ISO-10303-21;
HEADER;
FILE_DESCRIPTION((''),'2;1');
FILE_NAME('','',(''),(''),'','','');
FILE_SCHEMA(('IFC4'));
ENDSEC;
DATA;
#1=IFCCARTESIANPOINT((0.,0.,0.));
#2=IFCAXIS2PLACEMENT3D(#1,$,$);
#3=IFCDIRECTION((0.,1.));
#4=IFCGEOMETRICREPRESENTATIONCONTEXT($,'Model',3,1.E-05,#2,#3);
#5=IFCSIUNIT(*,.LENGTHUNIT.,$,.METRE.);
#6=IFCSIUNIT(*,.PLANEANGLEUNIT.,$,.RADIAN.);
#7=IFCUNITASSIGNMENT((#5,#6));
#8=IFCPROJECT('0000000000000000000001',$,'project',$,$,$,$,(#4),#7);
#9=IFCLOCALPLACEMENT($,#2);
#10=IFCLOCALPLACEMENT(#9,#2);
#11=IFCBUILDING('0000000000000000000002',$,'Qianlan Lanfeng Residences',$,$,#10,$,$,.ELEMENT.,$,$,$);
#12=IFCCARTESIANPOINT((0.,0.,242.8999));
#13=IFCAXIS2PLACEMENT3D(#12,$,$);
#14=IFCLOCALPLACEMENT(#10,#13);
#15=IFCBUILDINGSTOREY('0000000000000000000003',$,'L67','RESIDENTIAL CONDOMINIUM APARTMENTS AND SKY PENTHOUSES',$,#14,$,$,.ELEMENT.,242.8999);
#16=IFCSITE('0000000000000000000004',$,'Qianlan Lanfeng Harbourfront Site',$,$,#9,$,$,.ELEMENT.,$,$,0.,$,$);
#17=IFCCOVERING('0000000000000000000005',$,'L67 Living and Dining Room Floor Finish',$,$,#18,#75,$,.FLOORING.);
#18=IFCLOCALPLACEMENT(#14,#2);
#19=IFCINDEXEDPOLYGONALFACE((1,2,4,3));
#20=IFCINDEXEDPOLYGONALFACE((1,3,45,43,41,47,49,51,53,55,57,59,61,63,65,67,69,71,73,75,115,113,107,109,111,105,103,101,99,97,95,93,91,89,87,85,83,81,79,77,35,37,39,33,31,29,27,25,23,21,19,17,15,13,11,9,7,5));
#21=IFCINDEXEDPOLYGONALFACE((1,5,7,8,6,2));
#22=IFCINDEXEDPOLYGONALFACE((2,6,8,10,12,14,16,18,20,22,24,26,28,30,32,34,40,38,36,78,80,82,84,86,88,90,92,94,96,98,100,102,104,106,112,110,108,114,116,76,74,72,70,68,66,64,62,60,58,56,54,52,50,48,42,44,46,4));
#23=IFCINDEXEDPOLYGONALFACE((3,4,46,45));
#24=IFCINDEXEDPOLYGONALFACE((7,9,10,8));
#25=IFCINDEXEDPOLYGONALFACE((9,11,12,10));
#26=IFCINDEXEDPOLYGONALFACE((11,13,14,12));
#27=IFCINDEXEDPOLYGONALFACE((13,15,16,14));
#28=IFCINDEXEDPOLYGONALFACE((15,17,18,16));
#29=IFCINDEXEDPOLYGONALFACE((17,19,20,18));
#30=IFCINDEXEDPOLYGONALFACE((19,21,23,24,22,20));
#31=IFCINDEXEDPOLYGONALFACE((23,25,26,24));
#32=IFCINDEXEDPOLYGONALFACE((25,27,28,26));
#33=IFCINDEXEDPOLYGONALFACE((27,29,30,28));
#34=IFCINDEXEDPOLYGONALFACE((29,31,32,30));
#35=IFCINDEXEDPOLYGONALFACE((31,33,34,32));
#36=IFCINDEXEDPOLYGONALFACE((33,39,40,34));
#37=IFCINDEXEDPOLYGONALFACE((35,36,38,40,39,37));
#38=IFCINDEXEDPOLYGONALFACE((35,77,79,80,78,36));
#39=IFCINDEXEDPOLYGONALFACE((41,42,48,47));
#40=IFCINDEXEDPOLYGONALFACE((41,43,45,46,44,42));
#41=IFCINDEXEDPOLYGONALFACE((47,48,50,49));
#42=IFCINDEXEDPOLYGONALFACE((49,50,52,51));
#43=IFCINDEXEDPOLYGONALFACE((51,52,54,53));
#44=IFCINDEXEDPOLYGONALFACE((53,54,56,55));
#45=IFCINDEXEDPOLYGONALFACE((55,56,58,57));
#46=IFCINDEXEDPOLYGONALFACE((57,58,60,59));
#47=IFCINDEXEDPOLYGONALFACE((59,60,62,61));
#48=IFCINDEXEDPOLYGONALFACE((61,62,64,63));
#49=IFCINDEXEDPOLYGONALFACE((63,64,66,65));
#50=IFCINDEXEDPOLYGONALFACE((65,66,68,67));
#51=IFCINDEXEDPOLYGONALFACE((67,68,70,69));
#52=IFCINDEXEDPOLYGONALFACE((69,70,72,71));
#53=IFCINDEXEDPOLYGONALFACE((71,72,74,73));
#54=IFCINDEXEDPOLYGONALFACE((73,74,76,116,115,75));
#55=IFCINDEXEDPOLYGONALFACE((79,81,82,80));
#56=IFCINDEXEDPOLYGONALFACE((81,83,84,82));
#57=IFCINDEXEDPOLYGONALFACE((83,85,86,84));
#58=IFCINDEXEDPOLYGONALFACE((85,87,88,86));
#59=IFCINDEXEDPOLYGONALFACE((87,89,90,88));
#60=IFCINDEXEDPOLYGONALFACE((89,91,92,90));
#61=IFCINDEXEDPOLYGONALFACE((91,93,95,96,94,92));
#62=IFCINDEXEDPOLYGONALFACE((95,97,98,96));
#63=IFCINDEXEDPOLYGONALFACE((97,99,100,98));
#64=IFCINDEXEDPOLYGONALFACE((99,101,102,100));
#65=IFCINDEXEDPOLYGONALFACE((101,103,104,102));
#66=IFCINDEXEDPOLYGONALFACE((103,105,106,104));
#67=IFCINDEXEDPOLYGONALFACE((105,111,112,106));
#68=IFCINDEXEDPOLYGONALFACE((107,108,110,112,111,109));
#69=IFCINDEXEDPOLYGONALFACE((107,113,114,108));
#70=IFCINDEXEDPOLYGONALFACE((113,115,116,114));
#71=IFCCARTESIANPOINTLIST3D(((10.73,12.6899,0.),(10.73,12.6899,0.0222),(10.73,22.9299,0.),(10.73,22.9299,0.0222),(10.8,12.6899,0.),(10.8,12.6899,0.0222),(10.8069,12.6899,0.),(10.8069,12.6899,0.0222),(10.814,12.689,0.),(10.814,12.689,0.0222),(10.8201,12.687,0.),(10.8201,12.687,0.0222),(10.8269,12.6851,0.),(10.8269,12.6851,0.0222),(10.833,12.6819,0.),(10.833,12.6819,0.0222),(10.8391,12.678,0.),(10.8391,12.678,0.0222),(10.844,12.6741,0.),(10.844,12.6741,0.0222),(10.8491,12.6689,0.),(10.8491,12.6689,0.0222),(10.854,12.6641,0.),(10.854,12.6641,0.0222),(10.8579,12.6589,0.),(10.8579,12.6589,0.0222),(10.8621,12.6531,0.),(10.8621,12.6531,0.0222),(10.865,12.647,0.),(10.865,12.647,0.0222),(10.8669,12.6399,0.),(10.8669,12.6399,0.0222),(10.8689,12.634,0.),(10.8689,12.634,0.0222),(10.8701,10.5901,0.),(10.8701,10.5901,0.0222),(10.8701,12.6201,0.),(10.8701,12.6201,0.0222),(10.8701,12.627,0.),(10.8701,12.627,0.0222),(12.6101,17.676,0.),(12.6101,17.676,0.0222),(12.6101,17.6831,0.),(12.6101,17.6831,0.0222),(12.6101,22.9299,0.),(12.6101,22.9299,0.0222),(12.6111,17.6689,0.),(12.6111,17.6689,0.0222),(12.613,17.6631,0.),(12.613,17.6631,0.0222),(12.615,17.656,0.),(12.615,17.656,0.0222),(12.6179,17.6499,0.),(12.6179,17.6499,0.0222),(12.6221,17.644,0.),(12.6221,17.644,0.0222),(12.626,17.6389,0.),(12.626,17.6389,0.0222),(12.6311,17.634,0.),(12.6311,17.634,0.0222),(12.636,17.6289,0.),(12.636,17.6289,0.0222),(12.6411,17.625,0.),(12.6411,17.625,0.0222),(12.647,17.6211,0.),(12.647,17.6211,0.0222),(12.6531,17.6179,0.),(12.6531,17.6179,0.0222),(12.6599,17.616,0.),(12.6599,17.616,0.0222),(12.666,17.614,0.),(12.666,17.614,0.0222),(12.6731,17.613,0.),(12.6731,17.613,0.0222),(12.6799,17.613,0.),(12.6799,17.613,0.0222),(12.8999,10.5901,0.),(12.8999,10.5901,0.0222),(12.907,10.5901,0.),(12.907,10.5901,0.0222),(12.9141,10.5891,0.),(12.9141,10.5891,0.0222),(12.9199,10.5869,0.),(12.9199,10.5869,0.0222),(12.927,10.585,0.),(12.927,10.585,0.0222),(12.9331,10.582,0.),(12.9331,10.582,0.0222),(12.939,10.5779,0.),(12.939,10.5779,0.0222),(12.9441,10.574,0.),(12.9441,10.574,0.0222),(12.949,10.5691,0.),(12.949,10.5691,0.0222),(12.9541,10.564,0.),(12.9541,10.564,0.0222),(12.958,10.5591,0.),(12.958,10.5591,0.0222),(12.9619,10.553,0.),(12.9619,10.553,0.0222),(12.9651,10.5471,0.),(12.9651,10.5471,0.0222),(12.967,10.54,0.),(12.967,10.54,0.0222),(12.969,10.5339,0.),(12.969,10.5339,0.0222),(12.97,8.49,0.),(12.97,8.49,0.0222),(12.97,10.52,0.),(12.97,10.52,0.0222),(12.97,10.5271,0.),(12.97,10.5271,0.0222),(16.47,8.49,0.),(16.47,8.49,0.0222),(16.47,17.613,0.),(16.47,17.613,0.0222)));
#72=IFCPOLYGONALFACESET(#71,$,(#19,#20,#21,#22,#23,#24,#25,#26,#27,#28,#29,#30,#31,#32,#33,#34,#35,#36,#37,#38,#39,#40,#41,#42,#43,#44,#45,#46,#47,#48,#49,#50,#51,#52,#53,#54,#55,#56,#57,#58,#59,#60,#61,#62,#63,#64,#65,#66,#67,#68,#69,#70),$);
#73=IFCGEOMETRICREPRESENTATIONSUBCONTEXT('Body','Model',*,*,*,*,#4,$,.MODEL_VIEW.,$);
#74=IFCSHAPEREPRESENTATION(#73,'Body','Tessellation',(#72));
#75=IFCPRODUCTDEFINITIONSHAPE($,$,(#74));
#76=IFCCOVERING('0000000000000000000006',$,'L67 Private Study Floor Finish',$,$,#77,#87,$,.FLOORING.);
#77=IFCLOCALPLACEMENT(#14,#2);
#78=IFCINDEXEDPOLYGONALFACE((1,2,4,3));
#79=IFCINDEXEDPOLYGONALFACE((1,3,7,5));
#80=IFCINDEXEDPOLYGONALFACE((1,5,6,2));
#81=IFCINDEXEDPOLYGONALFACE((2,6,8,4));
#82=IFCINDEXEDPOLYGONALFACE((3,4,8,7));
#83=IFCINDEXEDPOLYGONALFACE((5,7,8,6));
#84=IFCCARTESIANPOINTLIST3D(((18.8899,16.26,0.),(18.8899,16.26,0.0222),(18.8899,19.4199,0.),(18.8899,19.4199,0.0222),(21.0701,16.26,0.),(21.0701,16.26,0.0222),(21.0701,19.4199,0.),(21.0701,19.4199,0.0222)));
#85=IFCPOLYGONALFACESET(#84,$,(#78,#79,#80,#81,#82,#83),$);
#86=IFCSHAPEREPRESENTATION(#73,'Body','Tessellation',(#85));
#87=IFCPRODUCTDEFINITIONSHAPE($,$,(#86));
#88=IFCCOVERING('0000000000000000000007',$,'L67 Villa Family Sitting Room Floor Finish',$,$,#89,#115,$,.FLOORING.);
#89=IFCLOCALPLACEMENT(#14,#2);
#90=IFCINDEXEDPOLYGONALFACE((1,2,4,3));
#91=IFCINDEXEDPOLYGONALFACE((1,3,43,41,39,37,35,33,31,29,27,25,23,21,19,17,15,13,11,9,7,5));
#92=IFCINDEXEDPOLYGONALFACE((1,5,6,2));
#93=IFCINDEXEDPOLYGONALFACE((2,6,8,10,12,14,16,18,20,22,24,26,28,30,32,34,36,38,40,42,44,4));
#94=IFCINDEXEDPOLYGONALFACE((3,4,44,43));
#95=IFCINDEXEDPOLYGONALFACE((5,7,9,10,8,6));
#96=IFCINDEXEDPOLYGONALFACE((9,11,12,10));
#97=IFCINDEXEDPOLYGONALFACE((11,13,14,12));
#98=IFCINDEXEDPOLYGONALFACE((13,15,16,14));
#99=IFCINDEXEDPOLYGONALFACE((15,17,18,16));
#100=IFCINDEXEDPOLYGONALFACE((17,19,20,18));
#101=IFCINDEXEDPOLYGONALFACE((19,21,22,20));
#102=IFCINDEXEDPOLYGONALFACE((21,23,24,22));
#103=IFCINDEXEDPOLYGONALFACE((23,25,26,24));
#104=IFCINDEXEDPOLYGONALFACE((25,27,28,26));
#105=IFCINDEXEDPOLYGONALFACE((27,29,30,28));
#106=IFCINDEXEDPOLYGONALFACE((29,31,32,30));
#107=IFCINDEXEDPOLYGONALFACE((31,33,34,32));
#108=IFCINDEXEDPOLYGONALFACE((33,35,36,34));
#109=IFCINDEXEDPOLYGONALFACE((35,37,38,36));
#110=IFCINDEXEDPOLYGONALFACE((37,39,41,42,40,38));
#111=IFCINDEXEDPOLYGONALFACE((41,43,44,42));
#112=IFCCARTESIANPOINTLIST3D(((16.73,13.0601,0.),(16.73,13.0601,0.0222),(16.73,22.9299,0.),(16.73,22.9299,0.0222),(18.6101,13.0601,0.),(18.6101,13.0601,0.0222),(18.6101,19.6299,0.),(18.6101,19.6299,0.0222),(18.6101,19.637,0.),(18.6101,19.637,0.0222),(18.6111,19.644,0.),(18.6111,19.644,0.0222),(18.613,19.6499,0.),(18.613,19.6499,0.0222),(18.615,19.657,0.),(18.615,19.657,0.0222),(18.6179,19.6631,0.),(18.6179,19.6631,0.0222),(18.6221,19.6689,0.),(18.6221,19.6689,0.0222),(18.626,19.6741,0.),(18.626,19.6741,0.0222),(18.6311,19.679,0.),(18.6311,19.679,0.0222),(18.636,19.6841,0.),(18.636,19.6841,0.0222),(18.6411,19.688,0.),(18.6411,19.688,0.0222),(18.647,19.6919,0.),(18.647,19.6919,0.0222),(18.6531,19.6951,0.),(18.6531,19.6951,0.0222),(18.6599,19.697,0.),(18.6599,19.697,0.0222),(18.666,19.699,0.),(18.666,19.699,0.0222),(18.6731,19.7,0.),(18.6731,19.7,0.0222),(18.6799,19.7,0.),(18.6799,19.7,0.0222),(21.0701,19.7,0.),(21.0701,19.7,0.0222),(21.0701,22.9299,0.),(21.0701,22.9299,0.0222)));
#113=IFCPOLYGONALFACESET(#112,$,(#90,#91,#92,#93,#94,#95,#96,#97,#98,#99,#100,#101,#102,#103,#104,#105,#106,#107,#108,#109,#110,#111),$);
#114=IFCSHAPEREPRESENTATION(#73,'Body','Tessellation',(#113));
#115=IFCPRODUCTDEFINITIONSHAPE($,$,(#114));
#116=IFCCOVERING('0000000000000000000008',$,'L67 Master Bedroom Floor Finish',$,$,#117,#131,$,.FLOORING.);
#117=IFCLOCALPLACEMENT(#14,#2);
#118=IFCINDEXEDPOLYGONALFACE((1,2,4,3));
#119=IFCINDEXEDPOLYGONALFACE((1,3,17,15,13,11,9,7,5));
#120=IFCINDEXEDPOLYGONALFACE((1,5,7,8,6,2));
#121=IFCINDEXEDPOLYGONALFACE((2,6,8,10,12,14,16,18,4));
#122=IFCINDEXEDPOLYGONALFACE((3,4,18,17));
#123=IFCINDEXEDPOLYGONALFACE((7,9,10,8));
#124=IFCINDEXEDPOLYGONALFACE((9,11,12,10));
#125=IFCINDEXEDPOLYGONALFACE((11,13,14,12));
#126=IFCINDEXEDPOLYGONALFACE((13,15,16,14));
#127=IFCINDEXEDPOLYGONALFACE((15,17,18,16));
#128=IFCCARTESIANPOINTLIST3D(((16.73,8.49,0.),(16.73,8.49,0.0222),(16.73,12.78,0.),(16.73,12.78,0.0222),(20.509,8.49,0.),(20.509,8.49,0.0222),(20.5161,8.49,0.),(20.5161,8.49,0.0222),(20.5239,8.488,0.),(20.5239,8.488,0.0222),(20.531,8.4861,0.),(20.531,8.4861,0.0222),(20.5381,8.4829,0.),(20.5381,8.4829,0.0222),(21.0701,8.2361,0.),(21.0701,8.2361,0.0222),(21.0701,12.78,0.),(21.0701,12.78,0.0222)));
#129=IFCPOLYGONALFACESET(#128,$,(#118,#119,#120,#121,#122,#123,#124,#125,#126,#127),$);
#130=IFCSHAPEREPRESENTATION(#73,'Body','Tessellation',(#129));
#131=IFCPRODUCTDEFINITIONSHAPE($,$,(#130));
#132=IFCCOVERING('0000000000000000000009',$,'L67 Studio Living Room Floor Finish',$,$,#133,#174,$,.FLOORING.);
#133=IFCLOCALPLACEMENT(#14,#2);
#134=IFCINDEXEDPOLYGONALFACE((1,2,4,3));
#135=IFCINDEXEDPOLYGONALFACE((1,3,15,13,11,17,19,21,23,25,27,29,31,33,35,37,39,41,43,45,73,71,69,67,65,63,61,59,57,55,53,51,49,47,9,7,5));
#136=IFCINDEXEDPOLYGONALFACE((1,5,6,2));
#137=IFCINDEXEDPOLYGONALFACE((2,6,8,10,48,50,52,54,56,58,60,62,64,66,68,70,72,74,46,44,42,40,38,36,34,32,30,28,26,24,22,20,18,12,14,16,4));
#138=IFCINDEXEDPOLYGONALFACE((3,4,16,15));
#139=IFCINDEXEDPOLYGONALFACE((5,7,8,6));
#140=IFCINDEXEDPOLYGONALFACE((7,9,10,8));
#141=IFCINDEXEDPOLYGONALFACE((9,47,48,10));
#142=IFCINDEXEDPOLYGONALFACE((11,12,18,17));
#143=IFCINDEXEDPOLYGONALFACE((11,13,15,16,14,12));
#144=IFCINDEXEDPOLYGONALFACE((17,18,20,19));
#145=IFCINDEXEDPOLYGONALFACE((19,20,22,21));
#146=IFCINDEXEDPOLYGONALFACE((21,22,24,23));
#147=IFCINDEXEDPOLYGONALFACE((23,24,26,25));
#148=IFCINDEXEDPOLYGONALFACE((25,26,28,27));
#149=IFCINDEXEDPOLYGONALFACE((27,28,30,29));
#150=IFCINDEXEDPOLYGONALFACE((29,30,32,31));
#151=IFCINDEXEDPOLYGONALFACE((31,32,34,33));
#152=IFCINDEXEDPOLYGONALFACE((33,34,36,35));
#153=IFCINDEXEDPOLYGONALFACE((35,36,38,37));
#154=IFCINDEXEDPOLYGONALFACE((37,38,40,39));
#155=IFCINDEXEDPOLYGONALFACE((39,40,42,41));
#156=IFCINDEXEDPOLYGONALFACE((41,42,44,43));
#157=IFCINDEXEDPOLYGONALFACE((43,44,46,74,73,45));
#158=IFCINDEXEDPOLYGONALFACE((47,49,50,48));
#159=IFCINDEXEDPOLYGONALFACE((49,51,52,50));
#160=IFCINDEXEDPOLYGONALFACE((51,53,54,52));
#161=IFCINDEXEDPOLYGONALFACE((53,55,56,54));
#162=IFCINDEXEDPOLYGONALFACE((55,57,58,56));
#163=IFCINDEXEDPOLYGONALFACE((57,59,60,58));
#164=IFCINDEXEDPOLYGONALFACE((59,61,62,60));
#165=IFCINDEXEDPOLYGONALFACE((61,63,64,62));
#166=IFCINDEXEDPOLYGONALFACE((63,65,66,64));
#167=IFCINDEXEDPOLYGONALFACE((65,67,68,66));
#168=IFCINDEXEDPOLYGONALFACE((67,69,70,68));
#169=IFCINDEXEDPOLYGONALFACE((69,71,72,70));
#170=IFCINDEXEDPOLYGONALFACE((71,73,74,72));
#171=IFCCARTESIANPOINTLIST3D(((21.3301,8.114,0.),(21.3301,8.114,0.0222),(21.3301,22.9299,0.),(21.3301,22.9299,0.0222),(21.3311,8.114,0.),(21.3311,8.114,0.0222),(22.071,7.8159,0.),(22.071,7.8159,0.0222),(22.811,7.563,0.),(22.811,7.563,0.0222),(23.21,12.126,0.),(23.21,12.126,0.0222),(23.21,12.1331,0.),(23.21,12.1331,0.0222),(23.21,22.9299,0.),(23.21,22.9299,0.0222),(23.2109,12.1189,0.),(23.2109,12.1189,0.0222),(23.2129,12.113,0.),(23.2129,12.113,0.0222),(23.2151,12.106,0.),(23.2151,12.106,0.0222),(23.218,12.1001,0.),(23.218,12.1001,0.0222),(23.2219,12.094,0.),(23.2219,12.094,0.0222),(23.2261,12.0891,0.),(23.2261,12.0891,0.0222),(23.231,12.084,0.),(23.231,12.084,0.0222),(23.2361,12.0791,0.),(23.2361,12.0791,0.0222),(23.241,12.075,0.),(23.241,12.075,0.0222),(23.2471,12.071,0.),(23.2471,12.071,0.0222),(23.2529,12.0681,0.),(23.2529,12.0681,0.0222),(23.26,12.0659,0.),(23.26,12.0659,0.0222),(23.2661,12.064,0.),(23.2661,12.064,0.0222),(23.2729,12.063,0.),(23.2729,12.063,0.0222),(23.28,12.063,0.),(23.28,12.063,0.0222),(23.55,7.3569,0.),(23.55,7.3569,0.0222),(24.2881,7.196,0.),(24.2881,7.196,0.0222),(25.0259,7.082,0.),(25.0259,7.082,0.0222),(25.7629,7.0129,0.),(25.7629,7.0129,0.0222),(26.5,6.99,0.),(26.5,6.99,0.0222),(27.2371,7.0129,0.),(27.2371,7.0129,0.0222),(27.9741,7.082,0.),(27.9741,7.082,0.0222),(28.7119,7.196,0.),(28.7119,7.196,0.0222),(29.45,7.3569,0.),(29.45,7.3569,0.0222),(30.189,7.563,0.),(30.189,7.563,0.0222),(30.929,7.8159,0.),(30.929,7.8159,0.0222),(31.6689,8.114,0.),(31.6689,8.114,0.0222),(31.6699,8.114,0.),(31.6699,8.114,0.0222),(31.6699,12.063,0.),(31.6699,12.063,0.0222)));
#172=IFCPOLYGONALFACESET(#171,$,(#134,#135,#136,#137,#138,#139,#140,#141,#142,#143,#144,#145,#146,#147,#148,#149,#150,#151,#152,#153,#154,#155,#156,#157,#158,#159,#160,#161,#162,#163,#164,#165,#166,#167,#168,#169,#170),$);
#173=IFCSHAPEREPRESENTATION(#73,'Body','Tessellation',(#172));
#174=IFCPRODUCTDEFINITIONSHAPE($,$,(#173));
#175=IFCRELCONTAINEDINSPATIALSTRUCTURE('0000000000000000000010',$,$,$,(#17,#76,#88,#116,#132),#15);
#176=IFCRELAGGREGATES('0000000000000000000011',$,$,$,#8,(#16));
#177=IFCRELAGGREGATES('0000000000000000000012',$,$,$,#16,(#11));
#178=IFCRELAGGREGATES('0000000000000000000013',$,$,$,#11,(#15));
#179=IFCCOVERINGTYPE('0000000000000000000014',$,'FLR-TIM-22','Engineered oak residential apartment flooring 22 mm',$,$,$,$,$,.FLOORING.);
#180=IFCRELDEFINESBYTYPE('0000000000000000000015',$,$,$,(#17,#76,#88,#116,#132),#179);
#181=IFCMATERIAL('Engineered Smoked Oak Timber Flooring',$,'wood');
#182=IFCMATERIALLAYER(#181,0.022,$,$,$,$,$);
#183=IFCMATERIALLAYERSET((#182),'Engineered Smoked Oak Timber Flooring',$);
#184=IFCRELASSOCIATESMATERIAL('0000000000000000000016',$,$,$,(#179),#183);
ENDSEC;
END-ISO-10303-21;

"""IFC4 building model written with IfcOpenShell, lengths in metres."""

from ifc_helpers import new_model, si_unit, direction, frame, origin, place, context, subcontext, project, spatial, polyline, outline, extrude, material, layer, layer_set, type_object, element, save


model = new_model("IFC4")

# Units and contexts
model_context = context("Model", 3, precision=1e-05, world=origin(), true_north=direction((0.0, 1.0)))
body_context = subcontext(model_context, "Body", "Model", "MODEL_VIEW")
ifc_project = project(units=[si_unit("LENGTHUNIT", "METRE"), si_unit("PLANEANGLEUNIT", "RADIAN")], contexts=[model_context])

# Site, building, storey
site_placement = place(None, origin())
site = spatial("IfcSite", under=ifc_project, at=site_placement, Name="Qianlan Lanfeng Harbourfront Site", CompositionType="ELEMENT", RefElevation=0.0)
building_placement = place(site_placement, origin())
building = spatial("IfcBuilding", under=site, at=building_placement, Name="Qianlan Lanfeng Residences", CompositionType="ELEMENT")
storey_placement = place(building_placement, frame((0.0, 0.0, 242.8999)))
storey = spatial("IfcBuildingStorey", under=building, at=storey_placement, Name="L67", Description="RESIDENTIAL CONDOMINIUM APARTMENTS AND SKY PENTHOUSES", CompositionType="ELEMENT", Elevation=242.8999)

# Coverings
ifc_material_1 = material(Name="Engineered Smoked Oak Timber Flooring", Category="wood")
ifc_layer_1 = layer(ifc_material_1, 0.022)
ifc_layer_set_1 = layer_set([ifc_layer_1], Name="Engineered Smoked Oak Timber Flooring")
covering_type_1 = type_object("IfcCoveringType", Name="FLR-TIM-22", Description="Engineered oak residential apartment flooring 22 mm", PredefinedType="FLOORING", material=ifc_layer_set_1)
covering_1_placement = place(storey_placement, origin())
element("IfcCovering", 1, at=covering_1_placement, inside=storey, type_object=covering_type_1, Name="L67 Living and Dining Room Floor Finish", PredefinedType="FLOORING", context=body_context, shape_type="SweptSolid", body=[
    extrude(outline(polyline([(16.47, 8.49), (16.47, 17.613), (12.6799, 17.613), (12.6731, 17.613), (12.666, 17.614), (12.6599, 17.616), (12.6531, 17.6179), (12.647, 17.6211), (12.6411, 17.625), (12.636, 17.6289), (12.6311, 17.634), (12.626, 17.6389), (12.6221, 17.644), (12.6179, 17.6499), (12.615, 17.656), (12.613, 17.6631), (12.6111, 17.6689), (12.6101, 17.676), (12.6101, 17.6831), (12.6101, 22.9299), (10.73, 22.9299), (10.73, 12.6899), (10.8, 12.6899), (10.8069, 12.6899), (10.814, 12.689), (10.8201, 12.687), (10.8269, 12.6851), (10.833, 12.6819), (10.8391, 12.678), (10.844, 12.6741), (10.8491, 12.6689), (10.854, 12.6641), (10.8579, 12.6589), (10.8621, 12.6531), (10.865, 12.647), (10.8669, 12.6399), (10.8689, 12.634), (10.8701, 12.627), (10.8701, 12.6201), (10.8701, 10.5901), (12.8999, 10.5901), (12.907, 10.5901), (12.9141, 10.5891), (12.9199, 10.5869), (12.927, 10.585), (12.9331, 10.582), (12.939, 10.5779), (12.9441, 10.574), (12.949, 10.5691), (12.9541, 10.564), (12.958, 10.5591), (12.9619, 10.553), (12.9651, 10.5471), (12.967, 10.54), (12.969, 10.5339), (12.97, 10.5271), (12.97, 10.52), (12.97, 8.49), (16.47, 8.49)])), origin(), (0.0, 0.0, 1.0), 0.0222),
])
covering_2_placement = place(storey_placement, origin())
element("IfcCovering", 2, at=covering_2_placement, inside=storey, type_object=covering_type_1, Name="L67 Private Study Floor Finish", PredefinedType="FLOORING", context=body_context, shape_type="SweptSolid", body=[
    extrude(outline(polyline([(18.8899, 16.26), (21.0701, 16.26), (21.0701, 19.4199), (18.8899, 19.4199), (18.8899, 16.26)])), origin(), (0.0, 0.0, 1.0), 0.0222),
])
covering_3_placement = place(storey_placement, origin())
element("IfcCovering", 3, at=covering_3_placement, inside=storey, type_object=covering_type_1, Name="L67 Villa Family Sitting Room Floor Finish", PredefinedType="FLOORING", context=body_context, shape_type="SweptSolid", body=[
    extrude(outline(polyline([(16.73, 13.0601), (18.6101, 13.0601), (18.6101, 19.6299), (18.6101, 19.637), (18.6111, 19.644), (18.613, 19.6499), (18.615, 19.657), (18.6179, 19.6631), (18.6221, 19.6689), (18.626, 19.6741), (18.6311, 19.679), (18.636, 19.6841), (18.6411, 19.688), (18.647, 19.6919), (18.6531, 19.6951), (18.6599, 19.697), (18.666, 19.699), (18.6731, 19.7), (18.6799, 19.7), (21.0701, 19.7), (21.0701, 22.9299), (16.73, 22.9299), (16.73, 13.0601)])), origin(), (0.0, 0.0, 1.0), 0.0222),
])
covering_4_placement = place(storey_placement, origin())
element("IfcCovering", 4, at=covering_4_placement, inside=storey, type_object=covering_type_1, Name="L67 Master Bedroom Floor Finish", PredefinedType="FLOORING", context=body_context, shape_type="SweptSolid", body=[
    extrude(outline(polyline([(16.73, 12.78), (16.73, 8.49), (20.509, 8.49), (20.5161, 8.49), (20.5239, 8.488), (20.531, 8.4861), (20.5381, 8.4829), (21.0701, 8.2361), (21.0701, 12.78), (16.73, 12.78)])), origin(), (0.0, 0.0, 1.0), 0.0222),
])
covering_5_placement = place(storey_placement, origin())
element("IfcCovering", 5, at=covering_5_placement, inside=storey, type_object=covering_type_1, Name="L67 Studio Living Room Floor Finish", PredefinedType="FLOORING", context=body_context, shape_type="SweptSolid", body=[
    extrude(outline(polyline([(31.6699, 8.114), (31.6699, 12.063), (23.28, 12.063), (23.2729, 12.063), (23.2661, 12.064), (23.26, 12.0659), (23.2529, 12.0681), (23.2471, 12.071), (23.241, 12.075), (23.2361, 12.0791), (23.231, 12.084), (23.2261, 12.0891), (23.2219, 12.094), (23.218, 12.1001), (23.2151, 12.106), (23.2129, 12.113), (23.2109, 12.1189), (23.21, 12.126), (23.21, 12.1331), (23.21, 22.9299), (21.3301, 22.9299), (21.3301, 8.114), (21.3311, 8.114), (22.071, 7.8159), (22.811, 7.563), (23.55, 7.3569), (24.2881, 7.196), (25.0259, 7.082), (25.7629, 7.0129), (26.5, 6.99), (27.2371, 7.0129), (27.9741, 7.082), (28.7119, 7.196), (29.45, 7.3569), (30.189, 7.563), (30.929, 7.8159), (31.6689, 8.114), (31.6699, 8.114)])), origin(), (0.0, 0.0, 1.0), 0.0222),
])

save(model, "model.ifc")
